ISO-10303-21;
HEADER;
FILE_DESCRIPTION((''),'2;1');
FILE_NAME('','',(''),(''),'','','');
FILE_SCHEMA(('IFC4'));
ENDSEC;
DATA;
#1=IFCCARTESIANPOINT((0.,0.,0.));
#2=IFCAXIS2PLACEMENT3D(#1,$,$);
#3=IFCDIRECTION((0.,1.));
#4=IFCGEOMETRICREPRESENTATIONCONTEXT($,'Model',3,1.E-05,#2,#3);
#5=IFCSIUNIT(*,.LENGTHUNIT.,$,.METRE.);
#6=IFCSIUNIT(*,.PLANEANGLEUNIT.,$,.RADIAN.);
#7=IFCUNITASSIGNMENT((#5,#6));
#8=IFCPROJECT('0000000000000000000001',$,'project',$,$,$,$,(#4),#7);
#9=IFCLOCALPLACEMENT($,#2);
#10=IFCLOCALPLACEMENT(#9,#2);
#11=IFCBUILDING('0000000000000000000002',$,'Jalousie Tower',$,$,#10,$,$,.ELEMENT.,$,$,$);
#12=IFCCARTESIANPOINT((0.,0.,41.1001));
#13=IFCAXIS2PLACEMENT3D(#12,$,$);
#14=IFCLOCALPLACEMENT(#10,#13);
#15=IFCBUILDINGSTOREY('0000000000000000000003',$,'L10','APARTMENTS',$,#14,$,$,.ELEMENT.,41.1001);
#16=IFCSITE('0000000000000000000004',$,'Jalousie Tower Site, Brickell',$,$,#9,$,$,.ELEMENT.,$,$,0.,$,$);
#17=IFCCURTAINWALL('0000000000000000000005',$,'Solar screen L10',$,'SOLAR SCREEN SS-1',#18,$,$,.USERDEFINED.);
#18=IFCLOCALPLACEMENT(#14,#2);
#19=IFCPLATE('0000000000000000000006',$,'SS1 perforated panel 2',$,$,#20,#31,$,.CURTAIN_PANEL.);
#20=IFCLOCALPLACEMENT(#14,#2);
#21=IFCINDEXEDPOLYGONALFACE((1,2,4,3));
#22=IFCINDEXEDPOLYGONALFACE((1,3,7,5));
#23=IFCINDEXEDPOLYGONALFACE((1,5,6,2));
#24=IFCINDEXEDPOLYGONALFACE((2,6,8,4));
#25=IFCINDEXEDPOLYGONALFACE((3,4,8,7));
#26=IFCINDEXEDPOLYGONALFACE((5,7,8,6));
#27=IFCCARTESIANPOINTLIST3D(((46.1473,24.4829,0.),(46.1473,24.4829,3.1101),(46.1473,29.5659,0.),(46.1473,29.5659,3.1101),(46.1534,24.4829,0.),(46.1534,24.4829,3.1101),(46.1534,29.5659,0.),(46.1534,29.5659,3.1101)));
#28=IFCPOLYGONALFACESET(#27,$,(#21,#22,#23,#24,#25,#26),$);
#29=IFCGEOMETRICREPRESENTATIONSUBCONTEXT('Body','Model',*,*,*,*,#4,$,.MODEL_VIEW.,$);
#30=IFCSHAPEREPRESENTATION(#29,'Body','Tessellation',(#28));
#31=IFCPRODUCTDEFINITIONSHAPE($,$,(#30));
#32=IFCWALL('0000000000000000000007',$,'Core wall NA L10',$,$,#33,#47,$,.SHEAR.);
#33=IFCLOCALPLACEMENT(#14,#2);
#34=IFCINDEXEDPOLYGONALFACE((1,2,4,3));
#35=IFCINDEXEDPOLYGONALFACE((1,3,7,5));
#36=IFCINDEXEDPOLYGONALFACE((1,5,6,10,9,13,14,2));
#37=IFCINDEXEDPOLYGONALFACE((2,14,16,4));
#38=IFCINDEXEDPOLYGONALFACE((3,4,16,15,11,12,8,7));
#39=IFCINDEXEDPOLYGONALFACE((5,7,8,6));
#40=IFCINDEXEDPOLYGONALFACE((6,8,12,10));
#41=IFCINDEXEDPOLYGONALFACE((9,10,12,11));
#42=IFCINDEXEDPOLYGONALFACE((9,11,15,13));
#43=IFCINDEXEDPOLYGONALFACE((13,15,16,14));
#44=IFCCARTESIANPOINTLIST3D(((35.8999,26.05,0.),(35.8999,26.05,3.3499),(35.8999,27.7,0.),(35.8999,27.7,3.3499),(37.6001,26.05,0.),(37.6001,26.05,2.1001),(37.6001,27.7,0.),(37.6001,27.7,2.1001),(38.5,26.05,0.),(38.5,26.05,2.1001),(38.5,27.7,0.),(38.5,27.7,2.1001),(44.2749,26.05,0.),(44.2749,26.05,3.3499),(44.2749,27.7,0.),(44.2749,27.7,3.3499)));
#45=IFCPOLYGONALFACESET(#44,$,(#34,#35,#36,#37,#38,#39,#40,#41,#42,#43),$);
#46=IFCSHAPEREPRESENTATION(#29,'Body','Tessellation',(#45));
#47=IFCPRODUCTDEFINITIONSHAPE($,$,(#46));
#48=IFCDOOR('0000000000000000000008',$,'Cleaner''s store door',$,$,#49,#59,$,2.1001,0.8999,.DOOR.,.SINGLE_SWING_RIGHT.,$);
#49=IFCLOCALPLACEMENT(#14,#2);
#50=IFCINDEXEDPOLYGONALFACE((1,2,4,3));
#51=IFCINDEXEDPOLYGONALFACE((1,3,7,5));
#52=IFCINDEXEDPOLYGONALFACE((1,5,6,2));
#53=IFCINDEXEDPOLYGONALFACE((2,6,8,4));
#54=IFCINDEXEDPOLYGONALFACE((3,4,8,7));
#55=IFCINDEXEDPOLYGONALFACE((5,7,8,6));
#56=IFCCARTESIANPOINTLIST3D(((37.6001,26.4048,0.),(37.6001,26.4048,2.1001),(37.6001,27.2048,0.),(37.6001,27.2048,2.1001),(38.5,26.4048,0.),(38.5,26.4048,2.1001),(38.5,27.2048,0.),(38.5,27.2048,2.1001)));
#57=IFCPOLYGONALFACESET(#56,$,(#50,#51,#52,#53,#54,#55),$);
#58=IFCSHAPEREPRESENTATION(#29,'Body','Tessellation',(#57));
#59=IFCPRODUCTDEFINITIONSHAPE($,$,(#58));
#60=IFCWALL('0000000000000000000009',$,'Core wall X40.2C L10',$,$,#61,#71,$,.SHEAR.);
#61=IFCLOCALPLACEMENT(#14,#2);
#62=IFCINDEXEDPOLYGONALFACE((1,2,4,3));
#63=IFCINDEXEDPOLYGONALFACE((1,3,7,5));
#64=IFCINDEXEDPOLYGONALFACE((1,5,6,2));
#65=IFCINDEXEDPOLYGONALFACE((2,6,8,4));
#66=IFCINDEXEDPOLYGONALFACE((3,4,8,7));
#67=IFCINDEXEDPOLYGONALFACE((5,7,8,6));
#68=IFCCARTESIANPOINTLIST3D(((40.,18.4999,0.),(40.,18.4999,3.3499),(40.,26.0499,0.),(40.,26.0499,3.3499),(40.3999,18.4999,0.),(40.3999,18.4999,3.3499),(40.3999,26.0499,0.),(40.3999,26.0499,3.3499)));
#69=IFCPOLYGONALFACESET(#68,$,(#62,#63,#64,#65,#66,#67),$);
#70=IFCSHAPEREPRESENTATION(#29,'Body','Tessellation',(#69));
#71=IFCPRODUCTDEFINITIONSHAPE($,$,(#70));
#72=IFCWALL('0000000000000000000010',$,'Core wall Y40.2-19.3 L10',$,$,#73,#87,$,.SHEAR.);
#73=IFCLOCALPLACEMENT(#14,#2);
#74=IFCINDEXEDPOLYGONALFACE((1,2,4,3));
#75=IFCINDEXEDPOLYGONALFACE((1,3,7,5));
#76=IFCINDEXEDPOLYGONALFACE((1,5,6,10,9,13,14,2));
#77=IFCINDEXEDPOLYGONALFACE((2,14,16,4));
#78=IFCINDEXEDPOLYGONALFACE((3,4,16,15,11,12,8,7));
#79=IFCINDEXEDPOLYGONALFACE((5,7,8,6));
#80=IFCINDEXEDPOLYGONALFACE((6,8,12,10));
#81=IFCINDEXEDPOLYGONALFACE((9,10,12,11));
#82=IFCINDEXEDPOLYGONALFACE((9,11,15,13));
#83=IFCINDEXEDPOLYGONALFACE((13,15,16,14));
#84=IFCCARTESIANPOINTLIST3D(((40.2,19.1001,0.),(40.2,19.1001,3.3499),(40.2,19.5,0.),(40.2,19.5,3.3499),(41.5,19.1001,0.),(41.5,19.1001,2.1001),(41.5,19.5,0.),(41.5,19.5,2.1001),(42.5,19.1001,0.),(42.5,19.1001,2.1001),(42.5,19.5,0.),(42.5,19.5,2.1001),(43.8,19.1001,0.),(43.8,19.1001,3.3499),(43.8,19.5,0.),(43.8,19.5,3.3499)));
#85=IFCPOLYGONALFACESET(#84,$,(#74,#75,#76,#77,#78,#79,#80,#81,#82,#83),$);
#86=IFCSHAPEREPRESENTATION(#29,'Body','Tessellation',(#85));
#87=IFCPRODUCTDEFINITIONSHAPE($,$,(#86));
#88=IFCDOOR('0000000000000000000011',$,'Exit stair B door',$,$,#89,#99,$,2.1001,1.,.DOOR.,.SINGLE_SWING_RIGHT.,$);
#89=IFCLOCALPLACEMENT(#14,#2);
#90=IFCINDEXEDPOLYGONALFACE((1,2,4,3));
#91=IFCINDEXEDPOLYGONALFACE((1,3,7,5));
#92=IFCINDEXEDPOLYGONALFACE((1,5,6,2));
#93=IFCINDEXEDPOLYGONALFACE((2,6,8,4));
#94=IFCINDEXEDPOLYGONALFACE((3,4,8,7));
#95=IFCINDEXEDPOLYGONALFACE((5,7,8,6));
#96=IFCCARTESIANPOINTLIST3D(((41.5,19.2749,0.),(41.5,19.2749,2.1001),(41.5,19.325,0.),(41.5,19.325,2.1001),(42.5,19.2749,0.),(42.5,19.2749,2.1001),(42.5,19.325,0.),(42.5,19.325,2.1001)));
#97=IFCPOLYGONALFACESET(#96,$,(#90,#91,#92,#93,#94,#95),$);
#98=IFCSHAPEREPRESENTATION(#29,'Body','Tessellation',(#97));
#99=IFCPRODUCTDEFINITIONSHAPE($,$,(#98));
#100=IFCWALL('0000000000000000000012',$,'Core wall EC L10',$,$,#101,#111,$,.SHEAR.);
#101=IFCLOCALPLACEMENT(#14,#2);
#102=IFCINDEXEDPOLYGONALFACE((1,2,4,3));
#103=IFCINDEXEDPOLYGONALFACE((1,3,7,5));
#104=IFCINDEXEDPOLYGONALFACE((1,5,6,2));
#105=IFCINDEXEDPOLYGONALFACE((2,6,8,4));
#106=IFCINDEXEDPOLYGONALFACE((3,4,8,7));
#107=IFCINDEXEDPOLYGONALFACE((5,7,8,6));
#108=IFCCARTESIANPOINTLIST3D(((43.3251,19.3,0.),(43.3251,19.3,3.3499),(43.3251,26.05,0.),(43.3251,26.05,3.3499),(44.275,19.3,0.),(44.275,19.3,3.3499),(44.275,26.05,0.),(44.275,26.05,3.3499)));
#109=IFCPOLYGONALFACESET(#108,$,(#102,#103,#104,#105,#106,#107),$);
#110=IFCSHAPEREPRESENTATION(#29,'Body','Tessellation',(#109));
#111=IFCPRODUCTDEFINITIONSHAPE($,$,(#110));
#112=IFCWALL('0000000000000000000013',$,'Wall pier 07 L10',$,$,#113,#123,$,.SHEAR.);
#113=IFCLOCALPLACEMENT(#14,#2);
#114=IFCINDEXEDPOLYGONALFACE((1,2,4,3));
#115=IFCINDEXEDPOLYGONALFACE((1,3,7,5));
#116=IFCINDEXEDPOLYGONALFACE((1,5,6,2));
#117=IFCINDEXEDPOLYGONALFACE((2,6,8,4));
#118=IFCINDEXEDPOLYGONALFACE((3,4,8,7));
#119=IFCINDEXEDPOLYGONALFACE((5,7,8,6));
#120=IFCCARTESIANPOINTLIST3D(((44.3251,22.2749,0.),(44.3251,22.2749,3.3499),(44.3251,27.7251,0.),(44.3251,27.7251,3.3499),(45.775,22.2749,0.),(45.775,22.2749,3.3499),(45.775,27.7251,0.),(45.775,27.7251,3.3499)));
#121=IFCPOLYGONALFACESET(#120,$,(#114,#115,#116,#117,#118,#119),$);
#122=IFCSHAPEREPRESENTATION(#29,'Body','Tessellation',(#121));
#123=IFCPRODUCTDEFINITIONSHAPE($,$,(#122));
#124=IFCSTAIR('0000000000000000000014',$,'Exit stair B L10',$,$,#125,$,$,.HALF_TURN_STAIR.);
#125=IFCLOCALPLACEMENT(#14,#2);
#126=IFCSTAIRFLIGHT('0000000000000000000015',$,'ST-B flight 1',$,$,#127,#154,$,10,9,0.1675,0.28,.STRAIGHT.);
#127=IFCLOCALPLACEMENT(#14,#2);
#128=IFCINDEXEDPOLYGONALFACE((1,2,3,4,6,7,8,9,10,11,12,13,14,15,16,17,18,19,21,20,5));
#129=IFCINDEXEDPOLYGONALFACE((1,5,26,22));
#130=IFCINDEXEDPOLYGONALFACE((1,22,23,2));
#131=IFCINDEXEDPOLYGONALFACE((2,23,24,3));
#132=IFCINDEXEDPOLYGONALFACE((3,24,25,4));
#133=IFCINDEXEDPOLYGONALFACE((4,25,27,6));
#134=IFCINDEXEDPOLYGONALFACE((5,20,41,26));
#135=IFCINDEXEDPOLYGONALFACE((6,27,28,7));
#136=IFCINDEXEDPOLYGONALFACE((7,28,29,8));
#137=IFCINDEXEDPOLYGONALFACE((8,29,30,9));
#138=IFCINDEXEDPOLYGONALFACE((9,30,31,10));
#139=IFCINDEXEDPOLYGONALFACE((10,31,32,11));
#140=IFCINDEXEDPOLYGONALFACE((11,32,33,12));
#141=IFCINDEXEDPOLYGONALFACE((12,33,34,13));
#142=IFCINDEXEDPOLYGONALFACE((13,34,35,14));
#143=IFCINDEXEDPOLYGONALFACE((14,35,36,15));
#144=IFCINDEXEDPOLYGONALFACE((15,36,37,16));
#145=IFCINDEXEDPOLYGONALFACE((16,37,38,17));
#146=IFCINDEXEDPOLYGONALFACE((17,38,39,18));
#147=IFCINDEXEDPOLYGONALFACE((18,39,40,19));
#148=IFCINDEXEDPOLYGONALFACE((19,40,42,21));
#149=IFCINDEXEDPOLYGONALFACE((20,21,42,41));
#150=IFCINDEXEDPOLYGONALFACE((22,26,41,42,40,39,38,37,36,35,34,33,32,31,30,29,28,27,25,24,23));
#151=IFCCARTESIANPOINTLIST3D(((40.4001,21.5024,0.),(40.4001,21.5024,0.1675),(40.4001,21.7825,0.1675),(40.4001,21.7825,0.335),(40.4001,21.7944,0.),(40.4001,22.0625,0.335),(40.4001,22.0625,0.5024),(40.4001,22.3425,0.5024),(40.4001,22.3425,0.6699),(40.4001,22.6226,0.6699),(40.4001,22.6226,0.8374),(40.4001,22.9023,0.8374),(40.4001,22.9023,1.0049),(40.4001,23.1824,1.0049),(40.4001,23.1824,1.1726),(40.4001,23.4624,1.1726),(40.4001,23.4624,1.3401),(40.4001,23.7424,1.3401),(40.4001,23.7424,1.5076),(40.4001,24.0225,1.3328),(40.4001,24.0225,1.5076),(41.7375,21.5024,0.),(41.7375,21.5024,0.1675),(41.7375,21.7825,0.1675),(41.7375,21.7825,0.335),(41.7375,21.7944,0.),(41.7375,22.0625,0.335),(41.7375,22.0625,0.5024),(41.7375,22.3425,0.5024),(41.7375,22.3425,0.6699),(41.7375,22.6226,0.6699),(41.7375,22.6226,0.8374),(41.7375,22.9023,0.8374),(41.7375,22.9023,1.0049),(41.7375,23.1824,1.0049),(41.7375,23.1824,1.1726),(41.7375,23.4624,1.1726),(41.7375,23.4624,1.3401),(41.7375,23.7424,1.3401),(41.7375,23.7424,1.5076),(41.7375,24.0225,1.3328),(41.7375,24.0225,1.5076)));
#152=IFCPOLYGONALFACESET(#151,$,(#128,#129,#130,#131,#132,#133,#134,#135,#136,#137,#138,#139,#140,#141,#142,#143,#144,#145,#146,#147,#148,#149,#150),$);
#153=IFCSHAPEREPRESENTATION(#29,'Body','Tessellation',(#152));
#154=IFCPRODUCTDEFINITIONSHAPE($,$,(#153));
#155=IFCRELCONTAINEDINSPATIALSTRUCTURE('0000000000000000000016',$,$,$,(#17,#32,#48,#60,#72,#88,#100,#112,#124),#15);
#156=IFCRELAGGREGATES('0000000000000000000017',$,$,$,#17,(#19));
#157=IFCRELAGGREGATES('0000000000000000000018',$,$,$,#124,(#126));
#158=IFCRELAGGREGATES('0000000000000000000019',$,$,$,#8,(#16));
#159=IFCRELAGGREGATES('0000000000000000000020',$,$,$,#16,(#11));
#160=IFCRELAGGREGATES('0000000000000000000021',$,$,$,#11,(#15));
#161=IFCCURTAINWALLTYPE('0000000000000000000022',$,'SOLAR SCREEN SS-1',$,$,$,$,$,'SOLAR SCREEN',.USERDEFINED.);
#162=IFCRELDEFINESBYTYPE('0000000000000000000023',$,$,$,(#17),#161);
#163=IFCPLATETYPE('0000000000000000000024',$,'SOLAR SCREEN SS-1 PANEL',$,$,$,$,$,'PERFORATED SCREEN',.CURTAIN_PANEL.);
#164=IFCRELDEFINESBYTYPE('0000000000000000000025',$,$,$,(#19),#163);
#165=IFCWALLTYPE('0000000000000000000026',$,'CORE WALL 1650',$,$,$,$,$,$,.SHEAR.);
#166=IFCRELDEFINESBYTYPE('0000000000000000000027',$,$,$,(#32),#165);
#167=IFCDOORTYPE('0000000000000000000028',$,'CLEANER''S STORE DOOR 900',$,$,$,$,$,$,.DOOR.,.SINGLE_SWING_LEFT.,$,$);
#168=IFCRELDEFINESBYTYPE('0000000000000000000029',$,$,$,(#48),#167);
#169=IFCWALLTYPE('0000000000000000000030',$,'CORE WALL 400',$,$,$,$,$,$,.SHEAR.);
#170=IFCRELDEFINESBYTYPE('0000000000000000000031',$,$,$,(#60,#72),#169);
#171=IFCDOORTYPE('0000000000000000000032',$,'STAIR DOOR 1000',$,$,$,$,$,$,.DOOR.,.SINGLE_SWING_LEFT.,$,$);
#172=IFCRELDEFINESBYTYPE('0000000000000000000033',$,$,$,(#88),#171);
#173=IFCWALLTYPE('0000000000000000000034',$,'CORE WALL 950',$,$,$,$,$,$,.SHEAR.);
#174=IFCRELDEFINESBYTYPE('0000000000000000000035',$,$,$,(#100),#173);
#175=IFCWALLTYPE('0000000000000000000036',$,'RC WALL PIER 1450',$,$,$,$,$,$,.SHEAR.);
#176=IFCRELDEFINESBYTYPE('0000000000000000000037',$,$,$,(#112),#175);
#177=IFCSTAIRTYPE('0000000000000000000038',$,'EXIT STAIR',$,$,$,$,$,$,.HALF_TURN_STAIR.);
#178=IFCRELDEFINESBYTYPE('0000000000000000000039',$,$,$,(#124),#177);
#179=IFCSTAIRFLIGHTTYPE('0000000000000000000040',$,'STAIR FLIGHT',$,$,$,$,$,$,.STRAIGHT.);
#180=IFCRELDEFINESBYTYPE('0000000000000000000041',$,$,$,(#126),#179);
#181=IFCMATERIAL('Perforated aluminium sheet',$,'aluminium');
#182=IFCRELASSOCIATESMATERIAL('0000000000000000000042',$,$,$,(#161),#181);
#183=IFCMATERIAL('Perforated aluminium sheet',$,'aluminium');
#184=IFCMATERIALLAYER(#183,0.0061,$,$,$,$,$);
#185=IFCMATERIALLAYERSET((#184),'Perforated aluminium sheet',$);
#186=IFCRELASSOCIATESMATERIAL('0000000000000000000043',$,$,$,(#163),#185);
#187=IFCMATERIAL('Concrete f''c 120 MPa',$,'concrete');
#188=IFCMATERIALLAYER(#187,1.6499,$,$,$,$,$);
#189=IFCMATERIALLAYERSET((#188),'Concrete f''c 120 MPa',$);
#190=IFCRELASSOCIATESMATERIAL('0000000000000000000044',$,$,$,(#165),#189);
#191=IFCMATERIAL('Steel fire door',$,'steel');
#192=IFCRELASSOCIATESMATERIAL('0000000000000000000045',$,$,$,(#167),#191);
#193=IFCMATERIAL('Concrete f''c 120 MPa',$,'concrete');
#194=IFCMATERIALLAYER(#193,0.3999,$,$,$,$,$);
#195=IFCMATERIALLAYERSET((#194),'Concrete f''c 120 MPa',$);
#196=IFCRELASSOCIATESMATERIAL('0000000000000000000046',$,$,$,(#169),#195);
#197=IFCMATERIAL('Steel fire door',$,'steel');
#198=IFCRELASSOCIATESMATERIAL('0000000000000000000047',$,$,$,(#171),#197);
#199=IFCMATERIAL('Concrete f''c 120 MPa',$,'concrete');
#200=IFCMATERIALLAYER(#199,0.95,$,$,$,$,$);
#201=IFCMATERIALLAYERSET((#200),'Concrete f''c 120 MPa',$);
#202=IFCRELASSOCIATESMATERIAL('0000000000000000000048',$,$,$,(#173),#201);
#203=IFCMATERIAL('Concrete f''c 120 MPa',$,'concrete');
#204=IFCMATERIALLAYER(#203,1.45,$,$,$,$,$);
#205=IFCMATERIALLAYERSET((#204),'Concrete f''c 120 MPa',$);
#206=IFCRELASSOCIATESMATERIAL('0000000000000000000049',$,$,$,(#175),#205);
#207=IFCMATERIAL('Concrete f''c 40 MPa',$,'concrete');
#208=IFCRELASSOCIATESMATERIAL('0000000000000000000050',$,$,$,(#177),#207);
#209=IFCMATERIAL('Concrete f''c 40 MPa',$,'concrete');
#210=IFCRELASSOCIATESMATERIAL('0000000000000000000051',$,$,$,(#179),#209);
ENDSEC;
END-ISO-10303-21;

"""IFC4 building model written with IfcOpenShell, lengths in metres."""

from ifc_helpers import new_model, si_unit, direction, frame, frame_2d, origin, origin_2d, place, context, subcontext, project, spatial, polyline, rectangle, outline, extrude, material, layer, layer_set, type_object, element, fill, aggregate, save


model = new_model("IFC4")

# Units and contexts
model_context = context("Model", 3, precision=1e-05, world=origin(), true_north=direction((0.0, 1.0)))
body_context = subcontext(model_context, "Body", "Model", "MODEL_VIEW")
ifc_project = project(units=[si_unit("LENGTHUNIT", "METRE"), si_unit("PLANEANGLEUNIT", "RADIAN")], contexts=[model_context])

# Site, building, storey
site_placement = place(None, origin())
site = spatial("IfcSite", under=ifc_project, at=site_placement, Name="Jalousie Tower Site, Brickell", CompositionType="ELEMENT", RefElevation=0.0)
building_placement = place(site_placement, origin())
building = spatial("IfcBuilding", under=site, at=building_placement, Name="Jalousie Tower", CompositionType="ELEMENT")
storey_placement = place(building_placement, frame((0.0, 0.0, 41.1001)))
storey = spatial("IfcBuildingStorey", under=building, at=storey_placement, Name="L10", Description="APARTMENTS", CompositionType="ELEMENT", Elevation=41.1001)

# Shared definitions
ifc_material_1 = material(Name="Perforated aluminium sheet", Category="aluminium")
curtain_wall_type = type_object("IfcCurtainWallType", Name="SOLAR SCREEN SS-1", ElementType="SOLAR SCREEN", PredefinedType="USERDEFINED", material=ifc_material_1)

# Curtain wall, plate
curtain_wall_1_placement = place(storey_placement, origin())
curtain_wall_1 = element("IfcCurtainWall", 1, at=curtain_wall_1_placement, inside=storey, type_object=curtain_wall_type, Name="Solar screen L10", ObjectType="SOLAR SCREEN SS-1", PredefinedType="USERDEFINED")
ifc_material_2 = material(Name="Perforated aluminium sheet", Category="aluminium")
ifc_layer_1 = layer(ifc_material_2, 0.0061)
ifc_layer_set_1 = layer_set([ifc_layer_1], Name="Perforated aluminium sheet")
plate_type = type_object("IfcPlateType", Name="SOLAR SCREEN SS-1 PANEL", ElementType="PERFORATED SCREEN", PredefinedType="CURTAIN_PANEL", material=ifc_layer_set_1)
plate_1_placement = place(storey_placement, frame((46.1504, 27.0244, 0.0), z_axis=(0.0, 0.0, 1.0), x_axis=(0.0, 1.0, 0.0)))
plate_1 = element("IfcPlate", 2, at=plate_1_placement, type_object=plate_type, Name="SS1 perforated panel 2", PredefinedType="CURTAIN_PANEL", context=body_context, shape_type="SweptSolid", body=[
    extrude(rectangle(XDim=5.083, YDim=0.0061, at=origin_2d()), origin(), (0.0, 0.0, 1.0), 3.1101),
])
aggregate(curtain_wall_1, [plate_1])

# Wall, opening, door
ifc_material_3 = material(Name="Concrete f'c 120 MPa", Category="concrete")
ifc_layer_2 = layer(ifc_material_3, 1.6499)
ifc_layer_set_2 = layer_set([ifc_layer_2], Name="Concrete f'c 120 MPa")
wall_type_1 = type_object("IfcWallType", Name="CORE WALL 1650", PredefinedType="SHEAR", material=ifc_layer_set_2)
wall_1_placement = place(storey_placement, frame((44.2749, 26.875, 0.0), z_axis=(0.0, 0.0, 1.0), x_axis=(-1.0, 0.0, 0.0)))
wall_1 = element("IfcWall", 3, at=wall_1_placement, inside=storey, type_object=wall_type_1, Name="Core wall NA L10", PredefinedType="SHEAR", context=body_context, shape_type="SweptSolid", body=[
    extrude(rectangle(XDim=8.375, YDim=1.6499, at=frame_2d((4.1875, 0.0))), origin(), (0.0, 0.0, 1.0), 3.3499),
])
opening_1_placement = place(wall_1_placement, frame((5.7749, 0.0, 0.0)))
opening_1 = element("IfcOpeningElement", 4, at=opening_1_placement, cuts=wall_1, PredefinedType="OPENING", context=body_context, shape_type="SweptSolid", body=[
    extrude(rectangle(XDim=0.8999, YDim=2.1001, at=frame_2d((0.45, 1.05))), frame((0.0, 0.835, 0.0), z_axis=(0.0, -1.0, 0.0), x_axis=(1.0, 0.0, 0.0)), (0.0, 0.0, 1.0), 1.6699),
])
ifc_material_4 = material(Name="Steel fire door", Category="steel")
door_type_1 = type_object("IfcDoorType", Name="CLEANER'S STORE DOOR 900", OperationType="SINGLE_SWING_LEFT", PredefinedType="DOOR", material=ifc_material_4)
door_1_placement = place(opening_1_placement, origin())
door_1 = element("IfcDoor", 5, at=door_1_placement, inside=storey, type_object=door_type_1, Name="Cleaner's store door", OperationType="SINGLE_SWING_RIGHT", OverallHeight=2.1001, OverallWidth=0.8999, PredefinedType="DOOR", context=body_context, shape_type="SweptSolid", body=[
    extrude(rectangle(XDim=0.8999, YDim=2.1001, at=frame_2d((0.45, 1.05))), frame((0.0, 0.4702, 0.0), z_axis=(0.0, -1.0, 0.0), x_axis=(1.0, 0.0, 0.0)), (0.0, 0.0, 1.0), 0.8),
])
fill(opening_1, door_1)

# Wall
ifc_material_5 = material(Name="Concrete f'c 120 MPa", Category="concrete")
ifc_layer_3 = layer(ifc_material_5, 0.3999)
ifc_layer_set_3 = layer_set([ifc_layer_3], Name="Concrete f'c 120 MPa")
wall_type_2 = type_object("IfcWallType", Name="CORE WALL 400", PredefinedType="SHEAR", material=ifc_layer_set_3)
wall_2_placement = place(storey_placement, frame((40.2, 18.5, 0.0), z_axis=(0.0, 0.0, 1.0), x_axis=(0.0, 1.0, 0.0)))
element("IfcWall", 6, at=wall_2_placement, inside=storey, type_object=wall_type_2, Name="Core wall X40.2C L10", PredefinedType="SHEAR", context=body_context, shape_type="SweptSolid", body=[
    extrude(rectangle(XDim=7.55, YDim=0.3999, at=frame_2d((3.7749, 0.0))), origin(), (0.0, 0.0, 1.0), 3.3499),
])

# Wall, opening, door
wall_3_placement = place(storey_placement, frame((40.2, 19.3, 0.0), z_axis=(0.0, 0.0, 1.0), x_axis=(1.0, 0.0, 0.0)))
wall_3 = element("IfcWall", 7, at=wall_3_placement, inside=storey, type_object=wall_type_2, Name="Core wall Y40.2-19.3 L10", PredefinedType="SHEAR", context=body_context, shape_type="SweptSolid", body=[
    extrude(rectangle(XDim=3.6001, YDim=0.3999, at=frame_2d((1.8, 0.0))), origin(), (0.0, 0.0, 1.0), 3.3499),
])
opening_2_placement = place(wall_3_placement, frame((1.3, 0.0, 0.0)))
opening_2 = element("IfcOpeningElement", 8, at=opening_2_placement, cuts=wall_3, PredefinedType="OPENING", context=body_context, shape_type="SweptSolid", body=[
    extrude(rectangle(XDim=1.0, YDim=2.1001, at=frame_2d((0.5, 1.05))), frame((0.0, 0.21, 0.0), z_axis=(0.0, -1.0, 0.0), x_axis=(1.0, 0.0, 0.0)), (0.0, 0.0, 1.0), 0.4199),
])
ifc_material_6 = material(Name="Steel fire door", Category="steel")
door_type_2 = type_object("IfcDoorType", Name="STAIR DOOR 1000", OperationType="SINGLE_SWING_LEFT", PredefinedType="DOOR", material=ifc_material_6)
door_2_placement = place(opening_2_placement, origin())
door_2 = element("IfcDoor", 9, at=door_2_placement, inside=storey, type_object=door_type_2, Name="Exit stair B door", OperationType="SINGLE_SWING_RIGHT", OverallHeight=2.1001, OverallWidth=1.0, PredefinedType="DOOR", context=body_context, shape_type="SweptSolid", body=[
    extrude(rectangle(XDim=1.0, YDim=2.1001, at=frame_2d((0.5, 1.05))), frame((0.0, 0.0249, 0.0), z_axis=(0.0, -1.0, 0.0), x_axis=(1.0, 0.0, 0.0)), (0.0, 0.0, 1.0), 0.05),
])
fill(opening_2, door_2)

# Walls
ifc_material_7 = material(Name="Concrete f'c 120 MPa", Category="concrete")
ifc_layer_4 = layer(ifc_material_7, 0.95)
ifc_layer_set_4 = layer_set([ifc_layer_4], Name="Concrete f'c 120 MPa")
wall_type_3 = type_object("IfcWallType", Name="CORE WALL 950", PredefinedType="SHEAR", material=ifc_layer_set_4)
wall_4_placement = place(storey_placement, frame((43.8, 19.3, 0.0), z_axis=(0.0, 0.0, 1.0), x_axis=(0.0, 1.0, 0.0)))
element("IfcWall", 10, at=wall_4_placement, inside=storey, type_object=wall_type_3, Name="Core wall EC L10", PredefinedType="SHEAR", context=body_context, shape_type="SweptSolid", body=[
    extrude(rectangle(XDim=6.75, YDim=0.95, at=frame_2d((3.375, 0.0))), origin(), (0.0, 0.0, 1.0), 3.3499),
])
ifc_material_8 = material(Name="Concrete f'c 120 MPa", Category="concrete")
ifc_layer_5 = layer(ifc_material_8, 1.45)
ifc_layer_set_5 = layer_set([ifc_layer_5], Name="Concrete f'c 120 MPa")
wall_type_4 = type_object("IfcWallType", Name="RC WALL PIER 1450", PredefinedType="SHEAR", material=ifc_layer_set_5)
wall_5_placement = place(storey_placement, frame((45.05, 22.2749, 0.0), z_axis=(0.0, 0.0, 1.0), x_axis=(0.0, 1.0, 0.0)))
element("IfcWall", 11, at=wall_5_placement, inside=storey, type_object=wall_type_4, Name="Wall pier 07 L10", PredefinedType="SHEAR", context=body_context, shape_type="SweptSolid", body=[
    extrude(rectangle(XDim=5.4502, YDim=1.45, at=frame_2d((2.7251, 0.0))), origin(), (0.0, 0.0, 1.0), 3.3499),
])

# Stair, stair flight
ifc_material_9 = material(Name="Concrete f'c 40 MPa", Category="concrete")
stair_type = type_object("IfcStairType", Name="EXIT STAIR", PredefinedType="HALF_TURN_STAIR", material=ifc_material_9)
stair_1_placement = place(storey_placement, origin())
stair_1 = element("IfcStair", 12, at=stair_1_placement, inside=storey, type_object=stair_type, Name="Exit stair B L10", PredefinedType="HALF_TURN_STAIR")
ifc_material_10 = material(Name="Concrete f'c 40 MPa", Category="concrete")
stair_flight_type = type_object("IfcStairFlightType", Name="STAIR FLIGHT", PredefinedType="STRAIGHT", material=ifc_material_10)
stair_flight_1_placement = place(storey_placement, frame((41.0688, 21.5024, 0.0), z_axis=(0.0, 0.0, 1.0), x_axis=(0.0, 1.0, 0.0)))
stair_flight_1 = element("IfcStairFlight", 13, at=stair_flight_1_placement, type_object=stair_flight_type, Name="ST-B flight 1", NumberOfRisers=10, NumberOfTreads=9, PredefinedType="STRAIGHT", RiserHeight=0.1675, TreadLength=0.28, context=body_context, shape_type="SweptSolid", body=[
    extrude(outline(polyline([(0.0, 0.0), (0.0, 0.1675), (0.28, 0.1675), (0.28, 0.335), (0.5601, 0.335), (0.5601, 0.5024), (0.8401, 0.5024), (0.8401, 0.6699), (1.1201, 0.6699), (1.1201, 0.8374), (1.3999, 0.8374), (1.3999, 1.0049), (1.6799, 1.0049), (1.6799, 1.1726), (1.96, 1.1726), (1.96, 1.3401), (2.24, 1.3401), (2.24, 1.5076), (2.52, 1.5076), (2.52, 1.675), (2.52, 1.3328), (0.292, 0.0), (0.0, 0.0)])), frame((0.0, 0.6687, 0.0), z_axis=(0.0, -1.0, 0.0), x_axis=(1.0, 0.0, 0.0)), (0.0, 0.0, 1.0), 1.3374),
])
aggregate(stair_1, [stair_flight_1])

save(model, "model.ifc")
